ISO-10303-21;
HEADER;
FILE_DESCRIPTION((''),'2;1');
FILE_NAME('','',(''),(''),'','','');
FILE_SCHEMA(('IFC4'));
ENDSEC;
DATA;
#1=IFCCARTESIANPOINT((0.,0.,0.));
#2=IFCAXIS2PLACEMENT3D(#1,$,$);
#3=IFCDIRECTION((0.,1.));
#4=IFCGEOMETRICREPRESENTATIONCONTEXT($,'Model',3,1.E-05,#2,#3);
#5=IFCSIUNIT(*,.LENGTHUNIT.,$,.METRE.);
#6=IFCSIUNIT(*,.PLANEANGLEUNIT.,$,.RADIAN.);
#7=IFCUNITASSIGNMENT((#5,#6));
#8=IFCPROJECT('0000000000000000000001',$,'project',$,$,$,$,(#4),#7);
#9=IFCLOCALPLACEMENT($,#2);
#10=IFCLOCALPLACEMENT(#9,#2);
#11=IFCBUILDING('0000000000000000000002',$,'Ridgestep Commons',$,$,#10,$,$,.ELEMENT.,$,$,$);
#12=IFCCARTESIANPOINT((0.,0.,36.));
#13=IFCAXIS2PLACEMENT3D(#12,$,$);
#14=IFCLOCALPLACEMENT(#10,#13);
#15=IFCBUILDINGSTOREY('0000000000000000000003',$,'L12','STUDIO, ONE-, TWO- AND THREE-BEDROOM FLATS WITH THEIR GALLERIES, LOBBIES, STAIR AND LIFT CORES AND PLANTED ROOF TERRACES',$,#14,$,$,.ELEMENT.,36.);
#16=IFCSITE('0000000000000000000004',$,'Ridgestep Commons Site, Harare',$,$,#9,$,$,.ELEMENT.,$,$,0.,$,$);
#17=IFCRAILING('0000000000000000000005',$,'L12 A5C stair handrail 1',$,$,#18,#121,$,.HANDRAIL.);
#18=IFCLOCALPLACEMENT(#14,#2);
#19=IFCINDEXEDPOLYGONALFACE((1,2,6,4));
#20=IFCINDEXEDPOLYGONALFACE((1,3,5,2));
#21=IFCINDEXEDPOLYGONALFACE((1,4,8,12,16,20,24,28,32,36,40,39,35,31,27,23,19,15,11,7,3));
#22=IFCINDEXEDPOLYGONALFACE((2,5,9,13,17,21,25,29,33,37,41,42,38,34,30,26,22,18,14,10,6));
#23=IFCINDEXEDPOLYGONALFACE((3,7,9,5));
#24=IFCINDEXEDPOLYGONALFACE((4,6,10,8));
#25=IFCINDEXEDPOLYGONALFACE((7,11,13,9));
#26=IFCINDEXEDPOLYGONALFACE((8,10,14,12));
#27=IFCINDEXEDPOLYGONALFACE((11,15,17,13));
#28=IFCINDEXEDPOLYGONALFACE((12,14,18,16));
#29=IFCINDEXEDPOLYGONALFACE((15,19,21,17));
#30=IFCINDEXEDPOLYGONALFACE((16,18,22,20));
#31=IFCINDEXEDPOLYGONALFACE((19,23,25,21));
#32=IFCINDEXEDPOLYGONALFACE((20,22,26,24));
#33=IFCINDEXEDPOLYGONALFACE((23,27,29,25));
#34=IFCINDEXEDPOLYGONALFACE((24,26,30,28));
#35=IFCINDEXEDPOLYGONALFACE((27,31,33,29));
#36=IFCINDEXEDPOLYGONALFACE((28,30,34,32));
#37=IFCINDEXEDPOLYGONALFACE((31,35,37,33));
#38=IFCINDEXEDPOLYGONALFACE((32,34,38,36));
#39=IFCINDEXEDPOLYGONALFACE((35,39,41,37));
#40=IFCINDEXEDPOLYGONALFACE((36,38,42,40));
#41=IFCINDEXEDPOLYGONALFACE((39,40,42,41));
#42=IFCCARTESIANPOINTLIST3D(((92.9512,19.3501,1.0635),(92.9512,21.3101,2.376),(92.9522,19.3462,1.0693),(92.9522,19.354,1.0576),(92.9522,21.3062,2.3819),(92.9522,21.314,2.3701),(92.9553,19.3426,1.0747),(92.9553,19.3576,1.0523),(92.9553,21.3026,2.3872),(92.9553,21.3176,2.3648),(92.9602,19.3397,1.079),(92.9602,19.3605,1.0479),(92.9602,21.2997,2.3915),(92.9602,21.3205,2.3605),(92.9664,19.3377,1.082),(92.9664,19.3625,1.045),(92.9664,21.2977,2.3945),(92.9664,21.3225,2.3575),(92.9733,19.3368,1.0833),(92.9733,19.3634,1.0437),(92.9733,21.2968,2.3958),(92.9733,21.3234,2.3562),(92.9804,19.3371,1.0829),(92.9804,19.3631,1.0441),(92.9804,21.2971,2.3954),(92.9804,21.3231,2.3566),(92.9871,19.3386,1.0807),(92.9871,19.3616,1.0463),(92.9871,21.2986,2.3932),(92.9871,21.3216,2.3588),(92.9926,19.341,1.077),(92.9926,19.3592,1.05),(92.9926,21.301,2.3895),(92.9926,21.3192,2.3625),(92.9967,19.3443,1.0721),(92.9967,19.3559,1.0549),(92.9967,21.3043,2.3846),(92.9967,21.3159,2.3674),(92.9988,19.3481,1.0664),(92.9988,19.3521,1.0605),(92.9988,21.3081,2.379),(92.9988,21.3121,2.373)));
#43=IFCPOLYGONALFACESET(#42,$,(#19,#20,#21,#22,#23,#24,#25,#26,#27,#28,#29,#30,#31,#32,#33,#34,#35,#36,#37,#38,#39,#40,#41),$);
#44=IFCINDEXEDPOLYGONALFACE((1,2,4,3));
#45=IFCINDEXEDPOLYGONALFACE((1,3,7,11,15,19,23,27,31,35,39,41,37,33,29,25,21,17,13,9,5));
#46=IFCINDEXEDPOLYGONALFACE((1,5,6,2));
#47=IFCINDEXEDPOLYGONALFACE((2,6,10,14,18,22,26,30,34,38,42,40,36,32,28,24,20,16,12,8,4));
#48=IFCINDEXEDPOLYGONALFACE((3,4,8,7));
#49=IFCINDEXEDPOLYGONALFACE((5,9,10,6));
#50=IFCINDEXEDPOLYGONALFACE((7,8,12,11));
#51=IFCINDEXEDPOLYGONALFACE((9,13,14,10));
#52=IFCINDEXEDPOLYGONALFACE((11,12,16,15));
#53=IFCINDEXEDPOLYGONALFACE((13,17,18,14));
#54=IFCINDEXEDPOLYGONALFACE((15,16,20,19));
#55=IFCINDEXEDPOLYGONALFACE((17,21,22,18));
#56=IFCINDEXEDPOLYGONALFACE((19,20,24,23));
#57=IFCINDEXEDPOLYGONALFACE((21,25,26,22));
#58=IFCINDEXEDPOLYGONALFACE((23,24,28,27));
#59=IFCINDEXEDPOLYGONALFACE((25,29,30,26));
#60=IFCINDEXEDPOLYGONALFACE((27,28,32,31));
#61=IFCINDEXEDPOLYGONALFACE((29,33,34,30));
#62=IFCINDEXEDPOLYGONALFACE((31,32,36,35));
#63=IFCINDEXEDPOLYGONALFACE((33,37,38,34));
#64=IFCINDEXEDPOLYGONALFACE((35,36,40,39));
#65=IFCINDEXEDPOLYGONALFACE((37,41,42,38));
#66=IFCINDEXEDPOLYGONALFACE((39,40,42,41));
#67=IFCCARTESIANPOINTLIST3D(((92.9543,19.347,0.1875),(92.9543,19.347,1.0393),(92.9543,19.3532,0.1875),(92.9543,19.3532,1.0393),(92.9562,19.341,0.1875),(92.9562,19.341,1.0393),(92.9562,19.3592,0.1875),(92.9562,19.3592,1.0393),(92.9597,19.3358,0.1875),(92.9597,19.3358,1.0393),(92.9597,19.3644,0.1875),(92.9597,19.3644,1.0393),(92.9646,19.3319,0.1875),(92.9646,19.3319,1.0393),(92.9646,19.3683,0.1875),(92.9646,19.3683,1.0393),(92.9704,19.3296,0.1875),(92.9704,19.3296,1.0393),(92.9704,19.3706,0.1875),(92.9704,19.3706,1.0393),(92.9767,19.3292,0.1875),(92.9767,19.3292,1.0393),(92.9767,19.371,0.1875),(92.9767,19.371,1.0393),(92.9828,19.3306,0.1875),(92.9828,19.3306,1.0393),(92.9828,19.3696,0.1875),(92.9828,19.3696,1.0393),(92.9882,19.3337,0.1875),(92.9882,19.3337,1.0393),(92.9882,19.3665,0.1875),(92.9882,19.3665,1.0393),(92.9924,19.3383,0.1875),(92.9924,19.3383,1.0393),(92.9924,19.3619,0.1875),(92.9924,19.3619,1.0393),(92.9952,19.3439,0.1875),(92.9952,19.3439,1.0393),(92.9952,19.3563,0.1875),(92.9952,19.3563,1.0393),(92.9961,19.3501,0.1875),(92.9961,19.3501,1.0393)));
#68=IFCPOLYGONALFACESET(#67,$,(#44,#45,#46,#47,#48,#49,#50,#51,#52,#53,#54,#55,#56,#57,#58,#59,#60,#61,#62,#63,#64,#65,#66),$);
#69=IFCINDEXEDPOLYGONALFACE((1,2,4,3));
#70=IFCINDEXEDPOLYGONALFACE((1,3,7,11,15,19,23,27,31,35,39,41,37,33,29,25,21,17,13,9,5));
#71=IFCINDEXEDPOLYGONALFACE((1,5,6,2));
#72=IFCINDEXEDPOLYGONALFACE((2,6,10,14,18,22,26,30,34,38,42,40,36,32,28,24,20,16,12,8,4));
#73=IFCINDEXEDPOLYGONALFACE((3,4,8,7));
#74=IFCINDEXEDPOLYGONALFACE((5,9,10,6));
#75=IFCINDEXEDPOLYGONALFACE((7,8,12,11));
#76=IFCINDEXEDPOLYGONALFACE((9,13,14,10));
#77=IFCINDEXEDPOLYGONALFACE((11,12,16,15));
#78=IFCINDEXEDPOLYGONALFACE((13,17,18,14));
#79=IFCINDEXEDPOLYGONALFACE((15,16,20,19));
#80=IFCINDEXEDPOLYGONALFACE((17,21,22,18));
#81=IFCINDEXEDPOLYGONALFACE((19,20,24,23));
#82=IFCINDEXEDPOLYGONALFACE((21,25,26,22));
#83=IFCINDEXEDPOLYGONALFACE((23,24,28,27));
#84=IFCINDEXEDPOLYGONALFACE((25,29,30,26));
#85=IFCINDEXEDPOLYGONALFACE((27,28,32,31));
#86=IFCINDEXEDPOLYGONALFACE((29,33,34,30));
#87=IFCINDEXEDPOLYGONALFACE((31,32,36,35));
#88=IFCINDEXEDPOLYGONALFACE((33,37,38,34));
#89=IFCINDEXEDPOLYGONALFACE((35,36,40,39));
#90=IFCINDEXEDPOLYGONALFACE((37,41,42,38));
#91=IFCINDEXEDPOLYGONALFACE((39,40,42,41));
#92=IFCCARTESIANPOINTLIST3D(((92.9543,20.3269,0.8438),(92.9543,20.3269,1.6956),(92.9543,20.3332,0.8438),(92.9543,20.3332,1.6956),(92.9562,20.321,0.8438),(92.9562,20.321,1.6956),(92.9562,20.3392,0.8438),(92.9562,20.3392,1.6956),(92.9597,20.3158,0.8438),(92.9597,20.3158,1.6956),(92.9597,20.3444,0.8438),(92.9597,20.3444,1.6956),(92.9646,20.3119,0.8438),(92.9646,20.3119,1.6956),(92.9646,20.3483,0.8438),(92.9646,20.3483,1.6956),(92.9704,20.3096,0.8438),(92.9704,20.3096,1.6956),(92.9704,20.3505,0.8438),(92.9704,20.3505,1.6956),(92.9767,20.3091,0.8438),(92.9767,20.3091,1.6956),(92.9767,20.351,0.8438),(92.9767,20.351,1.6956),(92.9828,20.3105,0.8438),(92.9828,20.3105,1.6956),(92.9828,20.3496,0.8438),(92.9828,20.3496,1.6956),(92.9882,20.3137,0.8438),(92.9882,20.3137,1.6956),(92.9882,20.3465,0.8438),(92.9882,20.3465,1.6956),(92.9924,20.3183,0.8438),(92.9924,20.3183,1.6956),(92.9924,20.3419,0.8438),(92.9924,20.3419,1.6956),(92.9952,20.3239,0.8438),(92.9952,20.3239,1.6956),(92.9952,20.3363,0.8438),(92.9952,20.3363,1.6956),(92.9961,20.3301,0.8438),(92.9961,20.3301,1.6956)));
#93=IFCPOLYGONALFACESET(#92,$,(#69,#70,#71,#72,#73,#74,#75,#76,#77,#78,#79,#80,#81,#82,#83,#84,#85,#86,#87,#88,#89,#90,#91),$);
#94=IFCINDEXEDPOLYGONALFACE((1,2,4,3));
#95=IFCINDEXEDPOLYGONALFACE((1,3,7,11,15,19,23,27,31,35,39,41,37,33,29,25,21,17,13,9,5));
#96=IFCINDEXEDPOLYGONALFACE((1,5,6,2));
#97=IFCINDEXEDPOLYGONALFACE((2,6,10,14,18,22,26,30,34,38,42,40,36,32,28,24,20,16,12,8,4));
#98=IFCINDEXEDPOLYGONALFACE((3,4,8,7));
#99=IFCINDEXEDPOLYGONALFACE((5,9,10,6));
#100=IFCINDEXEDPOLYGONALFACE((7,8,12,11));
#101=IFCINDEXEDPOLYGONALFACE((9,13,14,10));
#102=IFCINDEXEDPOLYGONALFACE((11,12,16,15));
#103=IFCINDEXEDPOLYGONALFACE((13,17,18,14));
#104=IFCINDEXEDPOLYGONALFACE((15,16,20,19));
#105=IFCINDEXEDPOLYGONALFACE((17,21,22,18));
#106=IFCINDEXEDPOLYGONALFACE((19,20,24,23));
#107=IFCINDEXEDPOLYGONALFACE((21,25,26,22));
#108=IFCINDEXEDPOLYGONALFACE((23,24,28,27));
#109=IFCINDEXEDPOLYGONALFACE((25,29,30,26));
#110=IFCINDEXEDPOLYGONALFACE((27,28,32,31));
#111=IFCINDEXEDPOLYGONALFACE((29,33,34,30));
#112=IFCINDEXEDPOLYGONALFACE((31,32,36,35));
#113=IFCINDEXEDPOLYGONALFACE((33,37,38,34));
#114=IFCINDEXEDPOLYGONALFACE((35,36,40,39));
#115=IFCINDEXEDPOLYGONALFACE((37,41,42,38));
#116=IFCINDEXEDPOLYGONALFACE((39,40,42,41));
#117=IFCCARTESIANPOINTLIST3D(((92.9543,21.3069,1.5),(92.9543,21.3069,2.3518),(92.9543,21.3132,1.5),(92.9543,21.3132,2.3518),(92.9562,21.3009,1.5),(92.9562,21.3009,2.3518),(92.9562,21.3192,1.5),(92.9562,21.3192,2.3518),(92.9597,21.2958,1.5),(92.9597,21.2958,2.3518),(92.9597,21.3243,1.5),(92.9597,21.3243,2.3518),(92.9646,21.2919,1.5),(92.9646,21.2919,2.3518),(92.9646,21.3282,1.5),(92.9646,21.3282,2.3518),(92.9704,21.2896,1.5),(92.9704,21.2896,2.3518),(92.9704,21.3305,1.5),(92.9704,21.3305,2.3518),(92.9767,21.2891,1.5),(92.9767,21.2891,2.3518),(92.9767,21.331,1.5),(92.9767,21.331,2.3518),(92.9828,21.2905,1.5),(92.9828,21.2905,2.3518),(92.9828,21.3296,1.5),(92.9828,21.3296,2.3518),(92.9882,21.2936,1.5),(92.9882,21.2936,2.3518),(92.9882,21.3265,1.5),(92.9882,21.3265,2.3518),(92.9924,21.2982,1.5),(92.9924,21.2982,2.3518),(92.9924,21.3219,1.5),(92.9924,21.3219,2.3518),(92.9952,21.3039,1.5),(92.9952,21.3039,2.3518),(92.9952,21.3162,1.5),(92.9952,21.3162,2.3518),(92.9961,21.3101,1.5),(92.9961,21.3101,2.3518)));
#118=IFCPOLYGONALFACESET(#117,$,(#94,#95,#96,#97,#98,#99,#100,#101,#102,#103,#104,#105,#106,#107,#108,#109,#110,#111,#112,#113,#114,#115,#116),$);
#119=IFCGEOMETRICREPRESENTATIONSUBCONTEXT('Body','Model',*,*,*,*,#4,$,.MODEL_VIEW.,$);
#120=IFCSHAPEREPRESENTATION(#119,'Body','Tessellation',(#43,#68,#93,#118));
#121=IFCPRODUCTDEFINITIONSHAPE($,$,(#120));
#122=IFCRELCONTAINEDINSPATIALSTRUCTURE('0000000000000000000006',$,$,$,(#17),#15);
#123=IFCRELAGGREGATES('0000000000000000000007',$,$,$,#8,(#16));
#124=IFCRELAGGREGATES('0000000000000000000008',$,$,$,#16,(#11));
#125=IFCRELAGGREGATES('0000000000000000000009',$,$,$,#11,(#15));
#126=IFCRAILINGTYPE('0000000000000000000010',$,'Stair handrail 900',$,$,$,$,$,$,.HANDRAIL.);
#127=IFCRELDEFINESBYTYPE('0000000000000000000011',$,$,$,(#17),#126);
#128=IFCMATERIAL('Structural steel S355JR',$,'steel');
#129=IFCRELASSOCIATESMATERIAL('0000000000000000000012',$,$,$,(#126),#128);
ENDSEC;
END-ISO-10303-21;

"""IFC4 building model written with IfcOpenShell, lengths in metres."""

from ifc_helpers import new_model, si_unit, direction, frame, origin, origin_2d, place, context, subcontext, project, spatial, circle, extrude, material, type_object, element, save


model = new_model("IFC4")

# Units and contexts
model_context = context("Model", 3, precision=1e-05, world=origin(), true_north=direction((0.0, 1.0)))
body_context = subcontext(model_context, "Body", "Model", "MODEL_VIEW")
ifc_project = project(units=[si_unit("LENGTHUNIT", "METRE"), si_unit("PLANEANGLEUNIT", "RADIAN")], contexts=[model_context])

# Site, building, storey
site_placement = place(None, origin())
site = spatial("IfcSite", under=ifc_project, at=site_placement, Name="Ridgestep Commons Site, Harare", CompositionType="ELEMENT", RefElevation=0.0)
building_placement = place(site_placement, origin())
building = spatial("IfcBuilding", under=site, at=building_placement, Name="Ridgestep Commons", CompositionType="ELEMENT")
storey_placement = place(building_placement, frame((0.0, 0.0, 36.0)))
storey = spatial("IfcBuildingStorey", under=building, at=storey_placement, Name="L12", Description="STUDIO, ONE-, TWO- AND THREE-BEDROOM FLATS WITH THEIR GALLERIES, LOBBIES, STAIR AND LIFT CORES AND PLANTED ROOF TERRACES", CompositionType="ELEMENT", Elevation=36.0)

# Railing
ifc_material_1 = material(Name="Structural steel S355JR", Category="steel")
railing_type_1 = type_object("IfcRailingType", Name="Stair handrail 900", PredefinedType="HANDRAIL", material=ifc_material_1)
railing_1_placement = place(storey_placement, frame((92.9751, 19.3501, 0.1875)))
element("IfcRailing", 1, at=railing_1_placement, inside=storey, type_object=railing_type_1, Name="L12 A5C stair handrail 1", PredefinedType="HANDRAIL", context=body_context, shape_type="SweptSolid", body=[
    extrude(circle(Radius=0.0239, at=origin_2d()), frame((0.0, 0.0, 0.876), z_axis=(0.0, 0.830902, 0.556419), x_axis=(-1.0, 0.0, 0.0)), (0.0, 0.0, 1.0), 2.3589),
    extrude(circle(Radius=0.021, at=origin_2d()), origin(), (0.0, 0.0, 1.0), 0.8518),
    extrude(circle(Radius=0.021, at=origin_2d()), frame((0.0, 0.98, 0.6562)), (0.0, 0.0, 1.0), 0.8518),
    extrude(circle(Radius=0.021, at=origin_2d()), frame((0.0, 1.96, 1.3125)), (0.0, 0.0, 1.0), 0.8518),
])

save(model, "model.ifc")
